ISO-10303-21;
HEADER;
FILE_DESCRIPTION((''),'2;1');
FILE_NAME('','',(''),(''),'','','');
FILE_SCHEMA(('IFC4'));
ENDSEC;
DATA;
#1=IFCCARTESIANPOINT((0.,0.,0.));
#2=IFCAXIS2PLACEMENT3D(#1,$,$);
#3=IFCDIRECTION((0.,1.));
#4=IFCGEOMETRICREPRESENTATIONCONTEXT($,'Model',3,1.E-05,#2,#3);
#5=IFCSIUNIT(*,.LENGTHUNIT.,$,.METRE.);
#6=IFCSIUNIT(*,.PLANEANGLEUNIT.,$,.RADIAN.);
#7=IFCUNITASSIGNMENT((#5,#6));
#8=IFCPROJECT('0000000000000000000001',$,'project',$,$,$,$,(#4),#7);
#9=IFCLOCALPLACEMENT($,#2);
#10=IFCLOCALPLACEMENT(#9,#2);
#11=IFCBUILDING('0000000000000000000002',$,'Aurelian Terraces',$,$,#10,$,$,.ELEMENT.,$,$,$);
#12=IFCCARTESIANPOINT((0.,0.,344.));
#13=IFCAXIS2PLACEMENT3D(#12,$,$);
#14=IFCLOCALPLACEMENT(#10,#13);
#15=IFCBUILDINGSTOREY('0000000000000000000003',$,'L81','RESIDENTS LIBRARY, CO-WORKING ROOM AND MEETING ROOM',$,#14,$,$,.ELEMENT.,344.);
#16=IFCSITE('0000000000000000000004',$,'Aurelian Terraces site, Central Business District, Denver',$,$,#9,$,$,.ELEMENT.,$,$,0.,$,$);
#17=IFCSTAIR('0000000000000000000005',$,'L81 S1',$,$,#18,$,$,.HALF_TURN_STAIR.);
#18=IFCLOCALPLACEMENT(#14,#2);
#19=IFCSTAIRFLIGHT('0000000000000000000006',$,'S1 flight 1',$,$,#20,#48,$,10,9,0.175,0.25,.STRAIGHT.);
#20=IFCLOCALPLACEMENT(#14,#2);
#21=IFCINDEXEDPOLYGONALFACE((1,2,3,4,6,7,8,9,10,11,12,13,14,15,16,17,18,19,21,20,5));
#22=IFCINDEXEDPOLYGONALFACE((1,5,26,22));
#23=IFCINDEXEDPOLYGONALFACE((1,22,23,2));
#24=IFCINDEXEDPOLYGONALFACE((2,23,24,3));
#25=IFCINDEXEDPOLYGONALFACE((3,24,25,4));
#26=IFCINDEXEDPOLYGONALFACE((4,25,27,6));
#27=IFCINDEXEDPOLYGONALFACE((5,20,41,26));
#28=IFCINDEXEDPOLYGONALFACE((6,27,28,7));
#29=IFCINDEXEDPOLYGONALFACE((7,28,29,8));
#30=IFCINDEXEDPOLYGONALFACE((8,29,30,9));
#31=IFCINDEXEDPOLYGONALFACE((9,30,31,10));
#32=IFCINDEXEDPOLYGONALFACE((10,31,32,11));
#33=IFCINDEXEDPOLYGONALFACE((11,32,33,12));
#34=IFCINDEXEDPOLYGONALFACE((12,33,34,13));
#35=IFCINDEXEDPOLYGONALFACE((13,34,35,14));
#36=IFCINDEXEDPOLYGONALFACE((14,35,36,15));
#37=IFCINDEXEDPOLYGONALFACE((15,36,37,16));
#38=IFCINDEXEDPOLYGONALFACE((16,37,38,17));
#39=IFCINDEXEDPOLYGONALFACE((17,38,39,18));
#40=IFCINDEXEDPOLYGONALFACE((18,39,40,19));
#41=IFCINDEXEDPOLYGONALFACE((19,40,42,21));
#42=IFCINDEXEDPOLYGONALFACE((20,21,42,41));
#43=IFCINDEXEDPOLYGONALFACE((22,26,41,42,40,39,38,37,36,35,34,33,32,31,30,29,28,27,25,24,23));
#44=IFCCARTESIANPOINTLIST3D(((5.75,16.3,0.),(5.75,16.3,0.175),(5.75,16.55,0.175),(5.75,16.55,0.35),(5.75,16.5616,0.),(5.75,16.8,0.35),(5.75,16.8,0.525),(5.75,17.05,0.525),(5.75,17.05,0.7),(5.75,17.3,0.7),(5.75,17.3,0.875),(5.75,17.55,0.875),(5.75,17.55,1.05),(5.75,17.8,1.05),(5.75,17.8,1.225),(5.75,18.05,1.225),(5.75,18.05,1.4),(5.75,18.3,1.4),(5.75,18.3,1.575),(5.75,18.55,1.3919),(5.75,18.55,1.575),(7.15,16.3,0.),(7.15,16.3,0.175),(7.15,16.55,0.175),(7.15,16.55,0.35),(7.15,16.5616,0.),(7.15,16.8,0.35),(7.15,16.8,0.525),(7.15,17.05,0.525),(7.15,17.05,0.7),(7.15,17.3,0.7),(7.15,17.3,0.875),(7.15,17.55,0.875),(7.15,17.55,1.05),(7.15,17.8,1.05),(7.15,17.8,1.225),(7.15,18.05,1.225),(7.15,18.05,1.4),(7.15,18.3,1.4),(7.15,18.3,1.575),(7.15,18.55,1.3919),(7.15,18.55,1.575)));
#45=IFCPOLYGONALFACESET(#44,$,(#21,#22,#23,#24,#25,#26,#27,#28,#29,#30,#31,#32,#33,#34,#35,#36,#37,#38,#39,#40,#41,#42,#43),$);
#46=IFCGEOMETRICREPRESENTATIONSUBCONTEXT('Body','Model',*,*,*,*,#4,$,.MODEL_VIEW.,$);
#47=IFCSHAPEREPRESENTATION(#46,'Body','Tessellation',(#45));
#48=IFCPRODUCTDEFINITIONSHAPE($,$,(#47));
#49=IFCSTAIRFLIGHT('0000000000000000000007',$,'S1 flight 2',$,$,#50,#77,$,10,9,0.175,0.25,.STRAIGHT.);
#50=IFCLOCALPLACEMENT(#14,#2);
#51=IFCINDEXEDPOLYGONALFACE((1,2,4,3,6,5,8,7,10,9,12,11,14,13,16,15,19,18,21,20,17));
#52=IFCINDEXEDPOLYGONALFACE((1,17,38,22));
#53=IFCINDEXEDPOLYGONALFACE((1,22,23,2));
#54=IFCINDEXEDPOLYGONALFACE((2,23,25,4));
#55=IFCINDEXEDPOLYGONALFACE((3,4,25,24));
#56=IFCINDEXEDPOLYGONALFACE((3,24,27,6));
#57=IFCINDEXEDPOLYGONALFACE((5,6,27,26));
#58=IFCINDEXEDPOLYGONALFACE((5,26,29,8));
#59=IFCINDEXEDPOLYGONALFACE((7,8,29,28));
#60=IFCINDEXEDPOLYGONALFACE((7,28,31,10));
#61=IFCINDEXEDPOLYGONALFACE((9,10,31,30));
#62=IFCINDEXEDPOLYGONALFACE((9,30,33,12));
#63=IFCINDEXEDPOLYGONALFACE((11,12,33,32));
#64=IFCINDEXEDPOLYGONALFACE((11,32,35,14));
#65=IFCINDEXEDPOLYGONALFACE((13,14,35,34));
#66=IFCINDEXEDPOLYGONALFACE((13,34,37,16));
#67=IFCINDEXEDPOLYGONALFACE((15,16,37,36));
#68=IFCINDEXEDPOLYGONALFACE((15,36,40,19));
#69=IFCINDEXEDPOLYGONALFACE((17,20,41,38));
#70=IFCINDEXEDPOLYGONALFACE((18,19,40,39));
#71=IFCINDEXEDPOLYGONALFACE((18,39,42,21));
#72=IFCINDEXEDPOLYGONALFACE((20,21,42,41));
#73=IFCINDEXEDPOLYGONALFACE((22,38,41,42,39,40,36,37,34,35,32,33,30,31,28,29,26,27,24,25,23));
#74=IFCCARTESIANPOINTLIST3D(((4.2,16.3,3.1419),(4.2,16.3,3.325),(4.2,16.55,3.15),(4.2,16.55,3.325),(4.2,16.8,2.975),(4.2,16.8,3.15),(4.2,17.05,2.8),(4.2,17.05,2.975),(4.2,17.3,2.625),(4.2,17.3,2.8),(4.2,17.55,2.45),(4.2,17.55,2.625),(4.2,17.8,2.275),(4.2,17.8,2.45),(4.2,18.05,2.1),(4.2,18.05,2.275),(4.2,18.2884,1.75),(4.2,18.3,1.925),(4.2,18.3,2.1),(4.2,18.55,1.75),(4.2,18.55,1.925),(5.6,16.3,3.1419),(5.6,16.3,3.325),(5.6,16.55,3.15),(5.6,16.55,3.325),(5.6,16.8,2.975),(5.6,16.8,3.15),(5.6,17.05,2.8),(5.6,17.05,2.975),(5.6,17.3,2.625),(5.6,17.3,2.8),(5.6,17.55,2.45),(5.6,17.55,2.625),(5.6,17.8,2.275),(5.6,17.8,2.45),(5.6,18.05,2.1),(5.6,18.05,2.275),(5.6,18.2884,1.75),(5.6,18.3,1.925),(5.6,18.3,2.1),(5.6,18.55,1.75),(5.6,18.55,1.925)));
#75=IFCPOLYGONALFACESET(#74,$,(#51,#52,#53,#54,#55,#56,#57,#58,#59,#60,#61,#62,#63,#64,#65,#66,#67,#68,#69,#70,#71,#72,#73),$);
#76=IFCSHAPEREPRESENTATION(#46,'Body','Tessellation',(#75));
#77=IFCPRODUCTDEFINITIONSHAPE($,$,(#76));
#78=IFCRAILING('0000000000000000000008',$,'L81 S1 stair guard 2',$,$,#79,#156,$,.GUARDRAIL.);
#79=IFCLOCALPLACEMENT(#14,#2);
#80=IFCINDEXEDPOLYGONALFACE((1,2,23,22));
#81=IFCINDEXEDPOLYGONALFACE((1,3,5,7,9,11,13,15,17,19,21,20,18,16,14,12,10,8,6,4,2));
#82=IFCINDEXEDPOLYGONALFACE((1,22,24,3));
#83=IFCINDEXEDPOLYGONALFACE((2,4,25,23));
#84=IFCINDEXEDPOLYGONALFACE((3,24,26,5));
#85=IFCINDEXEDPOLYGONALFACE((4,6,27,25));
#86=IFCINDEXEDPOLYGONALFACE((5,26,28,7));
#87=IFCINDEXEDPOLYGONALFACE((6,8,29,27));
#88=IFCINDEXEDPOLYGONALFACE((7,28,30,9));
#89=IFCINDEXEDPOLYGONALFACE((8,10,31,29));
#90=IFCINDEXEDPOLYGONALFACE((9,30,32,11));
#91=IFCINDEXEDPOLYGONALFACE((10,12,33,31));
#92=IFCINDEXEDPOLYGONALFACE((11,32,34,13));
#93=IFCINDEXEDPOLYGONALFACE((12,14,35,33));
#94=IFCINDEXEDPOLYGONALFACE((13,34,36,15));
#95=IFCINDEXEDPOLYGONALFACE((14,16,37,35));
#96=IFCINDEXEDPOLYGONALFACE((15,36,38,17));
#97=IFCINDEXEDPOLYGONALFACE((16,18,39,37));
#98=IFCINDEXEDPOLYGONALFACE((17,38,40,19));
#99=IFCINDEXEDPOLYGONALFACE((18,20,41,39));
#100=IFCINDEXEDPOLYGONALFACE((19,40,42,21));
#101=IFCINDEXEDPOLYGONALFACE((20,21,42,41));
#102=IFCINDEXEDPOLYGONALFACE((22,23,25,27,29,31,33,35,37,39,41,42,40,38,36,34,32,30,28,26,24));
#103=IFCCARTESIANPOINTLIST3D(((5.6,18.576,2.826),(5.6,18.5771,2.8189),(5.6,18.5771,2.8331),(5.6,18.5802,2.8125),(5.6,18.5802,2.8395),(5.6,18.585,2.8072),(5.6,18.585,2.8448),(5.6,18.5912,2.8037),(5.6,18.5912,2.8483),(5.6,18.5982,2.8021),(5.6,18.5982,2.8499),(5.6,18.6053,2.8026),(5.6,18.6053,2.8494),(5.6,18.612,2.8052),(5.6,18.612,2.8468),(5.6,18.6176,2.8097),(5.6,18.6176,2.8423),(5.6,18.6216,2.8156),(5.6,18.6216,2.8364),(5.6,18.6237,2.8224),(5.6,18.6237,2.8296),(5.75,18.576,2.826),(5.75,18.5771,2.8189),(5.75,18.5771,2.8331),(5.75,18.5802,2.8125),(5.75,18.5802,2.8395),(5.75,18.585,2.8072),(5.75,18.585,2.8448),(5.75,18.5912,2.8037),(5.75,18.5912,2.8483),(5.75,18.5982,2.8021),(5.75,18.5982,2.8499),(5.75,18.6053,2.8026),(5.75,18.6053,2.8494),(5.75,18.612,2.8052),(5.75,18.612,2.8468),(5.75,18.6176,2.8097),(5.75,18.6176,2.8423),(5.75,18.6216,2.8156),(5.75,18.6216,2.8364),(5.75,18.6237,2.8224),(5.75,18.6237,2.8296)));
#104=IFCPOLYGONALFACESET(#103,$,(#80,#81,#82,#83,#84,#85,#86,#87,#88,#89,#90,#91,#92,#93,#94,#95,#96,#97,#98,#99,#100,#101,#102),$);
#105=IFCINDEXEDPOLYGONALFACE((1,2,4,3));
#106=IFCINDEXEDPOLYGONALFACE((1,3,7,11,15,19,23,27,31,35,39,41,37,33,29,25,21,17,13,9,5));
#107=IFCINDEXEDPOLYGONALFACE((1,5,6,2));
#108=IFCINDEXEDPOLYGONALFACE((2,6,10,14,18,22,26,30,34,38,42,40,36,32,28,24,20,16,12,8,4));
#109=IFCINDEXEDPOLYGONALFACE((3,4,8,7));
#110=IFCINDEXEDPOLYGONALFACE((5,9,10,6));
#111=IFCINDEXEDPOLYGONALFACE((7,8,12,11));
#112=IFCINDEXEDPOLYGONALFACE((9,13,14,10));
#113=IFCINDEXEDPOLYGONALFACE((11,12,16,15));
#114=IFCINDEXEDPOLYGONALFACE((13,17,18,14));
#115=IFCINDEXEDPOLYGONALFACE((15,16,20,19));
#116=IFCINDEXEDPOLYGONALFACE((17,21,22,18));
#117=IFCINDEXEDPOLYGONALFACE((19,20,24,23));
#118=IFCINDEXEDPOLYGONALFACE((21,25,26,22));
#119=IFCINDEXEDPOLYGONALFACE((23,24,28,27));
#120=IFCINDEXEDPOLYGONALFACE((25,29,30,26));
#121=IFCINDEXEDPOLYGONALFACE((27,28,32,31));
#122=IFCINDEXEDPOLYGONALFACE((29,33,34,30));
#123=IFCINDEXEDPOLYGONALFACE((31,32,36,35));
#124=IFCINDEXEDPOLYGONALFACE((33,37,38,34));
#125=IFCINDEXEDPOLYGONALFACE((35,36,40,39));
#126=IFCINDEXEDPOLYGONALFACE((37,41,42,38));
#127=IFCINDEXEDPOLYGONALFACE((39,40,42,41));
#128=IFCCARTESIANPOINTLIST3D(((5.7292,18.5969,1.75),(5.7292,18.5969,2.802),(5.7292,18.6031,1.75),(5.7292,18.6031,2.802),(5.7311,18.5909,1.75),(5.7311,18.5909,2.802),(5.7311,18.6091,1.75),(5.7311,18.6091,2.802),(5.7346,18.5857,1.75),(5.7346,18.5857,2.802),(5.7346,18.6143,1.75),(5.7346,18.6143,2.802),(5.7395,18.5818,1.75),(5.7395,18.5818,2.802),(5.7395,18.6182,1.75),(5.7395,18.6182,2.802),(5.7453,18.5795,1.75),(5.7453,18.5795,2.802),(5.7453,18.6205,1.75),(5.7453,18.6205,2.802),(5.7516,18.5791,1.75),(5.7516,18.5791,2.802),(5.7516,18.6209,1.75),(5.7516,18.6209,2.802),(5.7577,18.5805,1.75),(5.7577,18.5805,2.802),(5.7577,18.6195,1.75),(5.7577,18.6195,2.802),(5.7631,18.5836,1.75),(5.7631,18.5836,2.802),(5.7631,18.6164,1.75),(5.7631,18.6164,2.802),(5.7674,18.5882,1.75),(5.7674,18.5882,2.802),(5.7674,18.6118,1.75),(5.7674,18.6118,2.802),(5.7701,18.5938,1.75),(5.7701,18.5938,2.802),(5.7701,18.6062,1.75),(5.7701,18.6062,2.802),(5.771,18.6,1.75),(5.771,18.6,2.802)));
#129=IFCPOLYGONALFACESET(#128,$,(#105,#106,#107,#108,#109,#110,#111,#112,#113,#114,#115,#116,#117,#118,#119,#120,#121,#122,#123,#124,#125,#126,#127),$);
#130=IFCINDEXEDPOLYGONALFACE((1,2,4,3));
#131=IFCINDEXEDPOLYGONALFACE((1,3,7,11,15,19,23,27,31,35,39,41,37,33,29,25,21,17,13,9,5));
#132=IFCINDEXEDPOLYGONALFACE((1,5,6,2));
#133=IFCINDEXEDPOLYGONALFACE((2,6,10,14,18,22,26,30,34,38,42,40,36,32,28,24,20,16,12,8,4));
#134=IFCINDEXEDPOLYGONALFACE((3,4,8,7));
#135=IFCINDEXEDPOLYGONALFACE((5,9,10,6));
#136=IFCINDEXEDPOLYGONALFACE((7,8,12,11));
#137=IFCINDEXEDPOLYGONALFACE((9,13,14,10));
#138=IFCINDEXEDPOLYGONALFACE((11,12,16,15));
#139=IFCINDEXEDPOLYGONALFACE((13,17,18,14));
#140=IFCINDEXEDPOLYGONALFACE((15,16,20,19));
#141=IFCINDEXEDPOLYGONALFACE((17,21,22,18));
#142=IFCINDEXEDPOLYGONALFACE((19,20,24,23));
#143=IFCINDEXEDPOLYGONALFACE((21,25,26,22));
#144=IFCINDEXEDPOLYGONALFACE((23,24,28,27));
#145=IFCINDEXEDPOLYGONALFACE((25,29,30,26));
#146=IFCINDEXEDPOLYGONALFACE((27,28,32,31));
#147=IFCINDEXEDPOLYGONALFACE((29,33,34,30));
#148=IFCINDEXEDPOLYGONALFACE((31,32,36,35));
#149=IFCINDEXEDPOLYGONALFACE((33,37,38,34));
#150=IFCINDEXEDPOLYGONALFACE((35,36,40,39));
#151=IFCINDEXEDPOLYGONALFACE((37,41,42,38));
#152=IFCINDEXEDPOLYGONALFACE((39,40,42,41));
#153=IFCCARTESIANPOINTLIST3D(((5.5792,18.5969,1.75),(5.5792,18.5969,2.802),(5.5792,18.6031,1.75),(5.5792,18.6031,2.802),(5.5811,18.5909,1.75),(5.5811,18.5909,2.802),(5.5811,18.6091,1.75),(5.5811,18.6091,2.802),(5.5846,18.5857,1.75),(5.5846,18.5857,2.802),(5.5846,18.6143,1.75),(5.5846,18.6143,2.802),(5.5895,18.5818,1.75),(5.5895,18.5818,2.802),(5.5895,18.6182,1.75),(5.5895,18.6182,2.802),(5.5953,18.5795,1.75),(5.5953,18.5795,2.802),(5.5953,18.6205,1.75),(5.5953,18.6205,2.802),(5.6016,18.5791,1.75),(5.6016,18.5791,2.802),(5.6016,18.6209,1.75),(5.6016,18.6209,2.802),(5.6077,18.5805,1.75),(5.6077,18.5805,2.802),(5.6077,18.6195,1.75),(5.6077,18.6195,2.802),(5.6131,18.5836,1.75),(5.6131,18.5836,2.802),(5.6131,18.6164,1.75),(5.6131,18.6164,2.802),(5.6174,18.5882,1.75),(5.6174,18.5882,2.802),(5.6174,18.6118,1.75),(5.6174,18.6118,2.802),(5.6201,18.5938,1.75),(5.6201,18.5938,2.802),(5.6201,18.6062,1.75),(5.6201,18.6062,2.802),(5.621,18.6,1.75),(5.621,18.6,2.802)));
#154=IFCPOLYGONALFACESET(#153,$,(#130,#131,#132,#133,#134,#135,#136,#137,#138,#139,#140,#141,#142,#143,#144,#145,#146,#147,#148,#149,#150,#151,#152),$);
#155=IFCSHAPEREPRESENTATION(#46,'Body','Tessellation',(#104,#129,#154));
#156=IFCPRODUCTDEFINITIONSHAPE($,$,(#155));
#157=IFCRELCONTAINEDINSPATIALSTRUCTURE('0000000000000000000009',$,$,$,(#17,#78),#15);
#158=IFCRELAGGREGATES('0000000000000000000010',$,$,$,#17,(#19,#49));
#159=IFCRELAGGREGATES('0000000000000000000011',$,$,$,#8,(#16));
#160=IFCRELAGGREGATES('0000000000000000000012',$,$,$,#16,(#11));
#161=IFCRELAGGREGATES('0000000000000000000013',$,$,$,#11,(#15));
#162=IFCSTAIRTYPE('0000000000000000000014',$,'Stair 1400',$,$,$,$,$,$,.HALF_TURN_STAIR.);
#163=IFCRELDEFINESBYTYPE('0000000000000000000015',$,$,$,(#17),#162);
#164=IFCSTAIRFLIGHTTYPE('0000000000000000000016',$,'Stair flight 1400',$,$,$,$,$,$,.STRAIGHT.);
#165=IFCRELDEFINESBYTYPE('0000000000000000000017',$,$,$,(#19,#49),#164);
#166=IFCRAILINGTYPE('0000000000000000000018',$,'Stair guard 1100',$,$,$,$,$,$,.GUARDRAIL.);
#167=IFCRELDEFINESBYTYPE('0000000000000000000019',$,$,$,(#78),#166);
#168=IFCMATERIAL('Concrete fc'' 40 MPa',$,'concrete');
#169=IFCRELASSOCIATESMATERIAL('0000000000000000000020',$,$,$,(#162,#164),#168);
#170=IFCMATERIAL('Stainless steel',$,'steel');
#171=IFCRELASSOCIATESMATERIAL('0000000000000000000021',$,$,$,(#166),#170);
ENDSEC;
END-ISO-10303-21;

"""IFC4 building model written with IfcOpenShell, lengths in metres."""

from ifc_helpers import new_model, si_unit, direction, frame, origin, origin_2d, place, context, subcontext, project, spatial, polyline, circle, outline, extrude, source, transform, mapped, material, type_object, element, aggregate, save


model = new_model("IFC4")

# Units and contexts
model_context = context("Model", 3, precision=1e-05, world=origin(), true_north=direction((0.0, 1.0)))
body_context = subcontext(model_context, "Body", "Model", "MODEL_VIEW")
ifc_project = project(units=[si_unit("LENGTHUNIT", "METRE"), si_unit("PLANEANGLEUNIT", "RADIAN")], contexts=[model_context])

# Site, building, storey
site_placement = place(None, origin())
site = spatial("IfcSite", under=ifc_project, at=site_placement, Name="Aurelian Terraces site, Central Business District, Denver", CompositionType="ELEMENT", RefElevation=0.0)
building_placement = place(site_placement, origin())
building = spatial("IfcBuilding", under=site, at=building_placement, Name="Aurelian Terraces", CompositionType="ELEMENT")
storey_placement = place(building_placement, frame((0.0, 0.0, 344.0)))
storey = spatial("IfcBuildingStorey", under=building, at=storey_placement, Name="L81", Description="RESIDENTS LIBRARY, CO-WORKING ROOM AND MEETING ROOM", CompositionType="ELEMENT", Elevation=344.0)

# Stair, stair flights
ifc_material_1 = material(Name="Concrete fc' 40 MPa", Category="concrete")
stair_type = type_object("IfcStairType", Name="Stair 1400", PredefinedType="HALF_TURN_STAIR", material=ifc_material_1)
stair_placement = place(storey_placement, origin())
stair = element("IfcStair", 1, at=stair_placement, inside=storey, type_object=stair_type, Name="L81 S1", PredefinedType="HALF_TURN_STAIR")
stair_flight_type = type_object("IfcStairFlightType", Name="Stair flight 1400", PredefinedType="STRAIGHT", material=ifc_material_1)
shared_shape_1 = source(origin(), body_context, "Body", "SweptSolid", [
    extrude(outline(polyline([(0.0, 0.0), (0.0, 0.175), (0.25, 0.175), (0.25, 0.35), (0.5, 0.35), (0.5, 0.525), (0.75, 0.525), (0.75, 0.7), (1.0, 0.7), (1.0, 0.875), (1.25, 0.875), (1.25, 1.05), (1.5, 1.05), (1.5, 1.225), (1.75, 1.225), (1.75, 1.4), (2.0, 1.4), (2.0, 1.575), (2.25, 1.575), (2.25, 1.75), (2.25, 1.3919), (0.2616, 0.0), (0.0, 0.0)])), frame((0.0, 0.7, 0.0), z_axis=(0.0, -1.0, 0.0), x_axis=(1.0, 0.0, 0.0)), (0.0, 0.0, 1.0), 1.4),
])
stair_flight_1_placement = place(storey_placement, frame((6.45, 16.3, 0.0), z_axis=(0.0, 0.0, 1.0), x_axis=(0.0, 1.0, 0.0)))
stair_flight_1 = element("IfcStairFlight", 2, at=stair_flight_1_placement, type_object=stair_flight_type, Name="S1 flight 1", NumberOfRisers=10, NumberOfTreads=9, PredefinedType="STRAIGHT", RiserHeight=0.175, TreadLength=0.25, context=body_context, shape_type="MappedRepresentation", body=[
    mapped(shared_shape_1, transform((0.0, 0.0, 0.0), scale=1.0)),
])
stair_flight_2_placement = place(storey_placement, frame((4.9, 18.55, 1.75), z_axis=(0.0, 0.0, 1.0), x_axis=(0.0, -1.0, 0.0)))
stair_flight_2 = element("IfcStairFlight", 3, at=stair_flight_2_placement, type_object=stair_flight_type, Name="S1 flight 2", NumberOfRisers=10, NumberOfTreads=9, PredefinedType="STRAIGHT", RiserHeight=0.175, TreadLength=0.25, context=body_context, shape_type="MappedRepresentation", body=[
    mapped(shared_shape_1, transform((0.0, 0.0, 0.0), scale=1.0)),
])
aggregate(stair, [stair_flight_1, stair_flight_2])

# Railing
ifc_material_2 = material(Name="Stainless steel", Category="steel")
railing_type_1 = type_object("IfcRailingType", Name="Stair guard 1100", PredefinedType="GUARDRAIL", material=ifc_material_2)
shared_shape_2 = source(origin(), body_context, "Body", "SweptSolid", [
    extrude(circle(Radius=0.024, at=origin_2d()), frame((0.0, 0.0, 1.076), z_axis=(-1.0, 0.0, 0.0), x_axis=(0.0, -1.0, 0.0)), (0.0, 0.0, 1.0), 0.15),
    extrude(circle(Radius=0.021, at=origin_2d()), origin(), (0.0, 0.0, 1.0), 1.052),
    extrude(circle(Radius=0.021, at=origin_2d()), frame((-0.15, 0.0, 0.0)), (0.0, 0.0, 1.0), 1.052),
])
railing_1_placement = place(storey_placement, frame((5.75, 18.6, 1.75)))
element("IfcRailing", 4, at=railing_1_placement, inside=storey, type_object=railing_type_1, Name="L81 S1 stair guard 2", PredefinedType="GUARDRAIL", context=body_context, shape_type="MappedRepresentation", body=[
    mapped(shared_shape_2, transform((0.0, 0.0, 0.0), scale=1.0)),
])

save(model, "model.ifc")
